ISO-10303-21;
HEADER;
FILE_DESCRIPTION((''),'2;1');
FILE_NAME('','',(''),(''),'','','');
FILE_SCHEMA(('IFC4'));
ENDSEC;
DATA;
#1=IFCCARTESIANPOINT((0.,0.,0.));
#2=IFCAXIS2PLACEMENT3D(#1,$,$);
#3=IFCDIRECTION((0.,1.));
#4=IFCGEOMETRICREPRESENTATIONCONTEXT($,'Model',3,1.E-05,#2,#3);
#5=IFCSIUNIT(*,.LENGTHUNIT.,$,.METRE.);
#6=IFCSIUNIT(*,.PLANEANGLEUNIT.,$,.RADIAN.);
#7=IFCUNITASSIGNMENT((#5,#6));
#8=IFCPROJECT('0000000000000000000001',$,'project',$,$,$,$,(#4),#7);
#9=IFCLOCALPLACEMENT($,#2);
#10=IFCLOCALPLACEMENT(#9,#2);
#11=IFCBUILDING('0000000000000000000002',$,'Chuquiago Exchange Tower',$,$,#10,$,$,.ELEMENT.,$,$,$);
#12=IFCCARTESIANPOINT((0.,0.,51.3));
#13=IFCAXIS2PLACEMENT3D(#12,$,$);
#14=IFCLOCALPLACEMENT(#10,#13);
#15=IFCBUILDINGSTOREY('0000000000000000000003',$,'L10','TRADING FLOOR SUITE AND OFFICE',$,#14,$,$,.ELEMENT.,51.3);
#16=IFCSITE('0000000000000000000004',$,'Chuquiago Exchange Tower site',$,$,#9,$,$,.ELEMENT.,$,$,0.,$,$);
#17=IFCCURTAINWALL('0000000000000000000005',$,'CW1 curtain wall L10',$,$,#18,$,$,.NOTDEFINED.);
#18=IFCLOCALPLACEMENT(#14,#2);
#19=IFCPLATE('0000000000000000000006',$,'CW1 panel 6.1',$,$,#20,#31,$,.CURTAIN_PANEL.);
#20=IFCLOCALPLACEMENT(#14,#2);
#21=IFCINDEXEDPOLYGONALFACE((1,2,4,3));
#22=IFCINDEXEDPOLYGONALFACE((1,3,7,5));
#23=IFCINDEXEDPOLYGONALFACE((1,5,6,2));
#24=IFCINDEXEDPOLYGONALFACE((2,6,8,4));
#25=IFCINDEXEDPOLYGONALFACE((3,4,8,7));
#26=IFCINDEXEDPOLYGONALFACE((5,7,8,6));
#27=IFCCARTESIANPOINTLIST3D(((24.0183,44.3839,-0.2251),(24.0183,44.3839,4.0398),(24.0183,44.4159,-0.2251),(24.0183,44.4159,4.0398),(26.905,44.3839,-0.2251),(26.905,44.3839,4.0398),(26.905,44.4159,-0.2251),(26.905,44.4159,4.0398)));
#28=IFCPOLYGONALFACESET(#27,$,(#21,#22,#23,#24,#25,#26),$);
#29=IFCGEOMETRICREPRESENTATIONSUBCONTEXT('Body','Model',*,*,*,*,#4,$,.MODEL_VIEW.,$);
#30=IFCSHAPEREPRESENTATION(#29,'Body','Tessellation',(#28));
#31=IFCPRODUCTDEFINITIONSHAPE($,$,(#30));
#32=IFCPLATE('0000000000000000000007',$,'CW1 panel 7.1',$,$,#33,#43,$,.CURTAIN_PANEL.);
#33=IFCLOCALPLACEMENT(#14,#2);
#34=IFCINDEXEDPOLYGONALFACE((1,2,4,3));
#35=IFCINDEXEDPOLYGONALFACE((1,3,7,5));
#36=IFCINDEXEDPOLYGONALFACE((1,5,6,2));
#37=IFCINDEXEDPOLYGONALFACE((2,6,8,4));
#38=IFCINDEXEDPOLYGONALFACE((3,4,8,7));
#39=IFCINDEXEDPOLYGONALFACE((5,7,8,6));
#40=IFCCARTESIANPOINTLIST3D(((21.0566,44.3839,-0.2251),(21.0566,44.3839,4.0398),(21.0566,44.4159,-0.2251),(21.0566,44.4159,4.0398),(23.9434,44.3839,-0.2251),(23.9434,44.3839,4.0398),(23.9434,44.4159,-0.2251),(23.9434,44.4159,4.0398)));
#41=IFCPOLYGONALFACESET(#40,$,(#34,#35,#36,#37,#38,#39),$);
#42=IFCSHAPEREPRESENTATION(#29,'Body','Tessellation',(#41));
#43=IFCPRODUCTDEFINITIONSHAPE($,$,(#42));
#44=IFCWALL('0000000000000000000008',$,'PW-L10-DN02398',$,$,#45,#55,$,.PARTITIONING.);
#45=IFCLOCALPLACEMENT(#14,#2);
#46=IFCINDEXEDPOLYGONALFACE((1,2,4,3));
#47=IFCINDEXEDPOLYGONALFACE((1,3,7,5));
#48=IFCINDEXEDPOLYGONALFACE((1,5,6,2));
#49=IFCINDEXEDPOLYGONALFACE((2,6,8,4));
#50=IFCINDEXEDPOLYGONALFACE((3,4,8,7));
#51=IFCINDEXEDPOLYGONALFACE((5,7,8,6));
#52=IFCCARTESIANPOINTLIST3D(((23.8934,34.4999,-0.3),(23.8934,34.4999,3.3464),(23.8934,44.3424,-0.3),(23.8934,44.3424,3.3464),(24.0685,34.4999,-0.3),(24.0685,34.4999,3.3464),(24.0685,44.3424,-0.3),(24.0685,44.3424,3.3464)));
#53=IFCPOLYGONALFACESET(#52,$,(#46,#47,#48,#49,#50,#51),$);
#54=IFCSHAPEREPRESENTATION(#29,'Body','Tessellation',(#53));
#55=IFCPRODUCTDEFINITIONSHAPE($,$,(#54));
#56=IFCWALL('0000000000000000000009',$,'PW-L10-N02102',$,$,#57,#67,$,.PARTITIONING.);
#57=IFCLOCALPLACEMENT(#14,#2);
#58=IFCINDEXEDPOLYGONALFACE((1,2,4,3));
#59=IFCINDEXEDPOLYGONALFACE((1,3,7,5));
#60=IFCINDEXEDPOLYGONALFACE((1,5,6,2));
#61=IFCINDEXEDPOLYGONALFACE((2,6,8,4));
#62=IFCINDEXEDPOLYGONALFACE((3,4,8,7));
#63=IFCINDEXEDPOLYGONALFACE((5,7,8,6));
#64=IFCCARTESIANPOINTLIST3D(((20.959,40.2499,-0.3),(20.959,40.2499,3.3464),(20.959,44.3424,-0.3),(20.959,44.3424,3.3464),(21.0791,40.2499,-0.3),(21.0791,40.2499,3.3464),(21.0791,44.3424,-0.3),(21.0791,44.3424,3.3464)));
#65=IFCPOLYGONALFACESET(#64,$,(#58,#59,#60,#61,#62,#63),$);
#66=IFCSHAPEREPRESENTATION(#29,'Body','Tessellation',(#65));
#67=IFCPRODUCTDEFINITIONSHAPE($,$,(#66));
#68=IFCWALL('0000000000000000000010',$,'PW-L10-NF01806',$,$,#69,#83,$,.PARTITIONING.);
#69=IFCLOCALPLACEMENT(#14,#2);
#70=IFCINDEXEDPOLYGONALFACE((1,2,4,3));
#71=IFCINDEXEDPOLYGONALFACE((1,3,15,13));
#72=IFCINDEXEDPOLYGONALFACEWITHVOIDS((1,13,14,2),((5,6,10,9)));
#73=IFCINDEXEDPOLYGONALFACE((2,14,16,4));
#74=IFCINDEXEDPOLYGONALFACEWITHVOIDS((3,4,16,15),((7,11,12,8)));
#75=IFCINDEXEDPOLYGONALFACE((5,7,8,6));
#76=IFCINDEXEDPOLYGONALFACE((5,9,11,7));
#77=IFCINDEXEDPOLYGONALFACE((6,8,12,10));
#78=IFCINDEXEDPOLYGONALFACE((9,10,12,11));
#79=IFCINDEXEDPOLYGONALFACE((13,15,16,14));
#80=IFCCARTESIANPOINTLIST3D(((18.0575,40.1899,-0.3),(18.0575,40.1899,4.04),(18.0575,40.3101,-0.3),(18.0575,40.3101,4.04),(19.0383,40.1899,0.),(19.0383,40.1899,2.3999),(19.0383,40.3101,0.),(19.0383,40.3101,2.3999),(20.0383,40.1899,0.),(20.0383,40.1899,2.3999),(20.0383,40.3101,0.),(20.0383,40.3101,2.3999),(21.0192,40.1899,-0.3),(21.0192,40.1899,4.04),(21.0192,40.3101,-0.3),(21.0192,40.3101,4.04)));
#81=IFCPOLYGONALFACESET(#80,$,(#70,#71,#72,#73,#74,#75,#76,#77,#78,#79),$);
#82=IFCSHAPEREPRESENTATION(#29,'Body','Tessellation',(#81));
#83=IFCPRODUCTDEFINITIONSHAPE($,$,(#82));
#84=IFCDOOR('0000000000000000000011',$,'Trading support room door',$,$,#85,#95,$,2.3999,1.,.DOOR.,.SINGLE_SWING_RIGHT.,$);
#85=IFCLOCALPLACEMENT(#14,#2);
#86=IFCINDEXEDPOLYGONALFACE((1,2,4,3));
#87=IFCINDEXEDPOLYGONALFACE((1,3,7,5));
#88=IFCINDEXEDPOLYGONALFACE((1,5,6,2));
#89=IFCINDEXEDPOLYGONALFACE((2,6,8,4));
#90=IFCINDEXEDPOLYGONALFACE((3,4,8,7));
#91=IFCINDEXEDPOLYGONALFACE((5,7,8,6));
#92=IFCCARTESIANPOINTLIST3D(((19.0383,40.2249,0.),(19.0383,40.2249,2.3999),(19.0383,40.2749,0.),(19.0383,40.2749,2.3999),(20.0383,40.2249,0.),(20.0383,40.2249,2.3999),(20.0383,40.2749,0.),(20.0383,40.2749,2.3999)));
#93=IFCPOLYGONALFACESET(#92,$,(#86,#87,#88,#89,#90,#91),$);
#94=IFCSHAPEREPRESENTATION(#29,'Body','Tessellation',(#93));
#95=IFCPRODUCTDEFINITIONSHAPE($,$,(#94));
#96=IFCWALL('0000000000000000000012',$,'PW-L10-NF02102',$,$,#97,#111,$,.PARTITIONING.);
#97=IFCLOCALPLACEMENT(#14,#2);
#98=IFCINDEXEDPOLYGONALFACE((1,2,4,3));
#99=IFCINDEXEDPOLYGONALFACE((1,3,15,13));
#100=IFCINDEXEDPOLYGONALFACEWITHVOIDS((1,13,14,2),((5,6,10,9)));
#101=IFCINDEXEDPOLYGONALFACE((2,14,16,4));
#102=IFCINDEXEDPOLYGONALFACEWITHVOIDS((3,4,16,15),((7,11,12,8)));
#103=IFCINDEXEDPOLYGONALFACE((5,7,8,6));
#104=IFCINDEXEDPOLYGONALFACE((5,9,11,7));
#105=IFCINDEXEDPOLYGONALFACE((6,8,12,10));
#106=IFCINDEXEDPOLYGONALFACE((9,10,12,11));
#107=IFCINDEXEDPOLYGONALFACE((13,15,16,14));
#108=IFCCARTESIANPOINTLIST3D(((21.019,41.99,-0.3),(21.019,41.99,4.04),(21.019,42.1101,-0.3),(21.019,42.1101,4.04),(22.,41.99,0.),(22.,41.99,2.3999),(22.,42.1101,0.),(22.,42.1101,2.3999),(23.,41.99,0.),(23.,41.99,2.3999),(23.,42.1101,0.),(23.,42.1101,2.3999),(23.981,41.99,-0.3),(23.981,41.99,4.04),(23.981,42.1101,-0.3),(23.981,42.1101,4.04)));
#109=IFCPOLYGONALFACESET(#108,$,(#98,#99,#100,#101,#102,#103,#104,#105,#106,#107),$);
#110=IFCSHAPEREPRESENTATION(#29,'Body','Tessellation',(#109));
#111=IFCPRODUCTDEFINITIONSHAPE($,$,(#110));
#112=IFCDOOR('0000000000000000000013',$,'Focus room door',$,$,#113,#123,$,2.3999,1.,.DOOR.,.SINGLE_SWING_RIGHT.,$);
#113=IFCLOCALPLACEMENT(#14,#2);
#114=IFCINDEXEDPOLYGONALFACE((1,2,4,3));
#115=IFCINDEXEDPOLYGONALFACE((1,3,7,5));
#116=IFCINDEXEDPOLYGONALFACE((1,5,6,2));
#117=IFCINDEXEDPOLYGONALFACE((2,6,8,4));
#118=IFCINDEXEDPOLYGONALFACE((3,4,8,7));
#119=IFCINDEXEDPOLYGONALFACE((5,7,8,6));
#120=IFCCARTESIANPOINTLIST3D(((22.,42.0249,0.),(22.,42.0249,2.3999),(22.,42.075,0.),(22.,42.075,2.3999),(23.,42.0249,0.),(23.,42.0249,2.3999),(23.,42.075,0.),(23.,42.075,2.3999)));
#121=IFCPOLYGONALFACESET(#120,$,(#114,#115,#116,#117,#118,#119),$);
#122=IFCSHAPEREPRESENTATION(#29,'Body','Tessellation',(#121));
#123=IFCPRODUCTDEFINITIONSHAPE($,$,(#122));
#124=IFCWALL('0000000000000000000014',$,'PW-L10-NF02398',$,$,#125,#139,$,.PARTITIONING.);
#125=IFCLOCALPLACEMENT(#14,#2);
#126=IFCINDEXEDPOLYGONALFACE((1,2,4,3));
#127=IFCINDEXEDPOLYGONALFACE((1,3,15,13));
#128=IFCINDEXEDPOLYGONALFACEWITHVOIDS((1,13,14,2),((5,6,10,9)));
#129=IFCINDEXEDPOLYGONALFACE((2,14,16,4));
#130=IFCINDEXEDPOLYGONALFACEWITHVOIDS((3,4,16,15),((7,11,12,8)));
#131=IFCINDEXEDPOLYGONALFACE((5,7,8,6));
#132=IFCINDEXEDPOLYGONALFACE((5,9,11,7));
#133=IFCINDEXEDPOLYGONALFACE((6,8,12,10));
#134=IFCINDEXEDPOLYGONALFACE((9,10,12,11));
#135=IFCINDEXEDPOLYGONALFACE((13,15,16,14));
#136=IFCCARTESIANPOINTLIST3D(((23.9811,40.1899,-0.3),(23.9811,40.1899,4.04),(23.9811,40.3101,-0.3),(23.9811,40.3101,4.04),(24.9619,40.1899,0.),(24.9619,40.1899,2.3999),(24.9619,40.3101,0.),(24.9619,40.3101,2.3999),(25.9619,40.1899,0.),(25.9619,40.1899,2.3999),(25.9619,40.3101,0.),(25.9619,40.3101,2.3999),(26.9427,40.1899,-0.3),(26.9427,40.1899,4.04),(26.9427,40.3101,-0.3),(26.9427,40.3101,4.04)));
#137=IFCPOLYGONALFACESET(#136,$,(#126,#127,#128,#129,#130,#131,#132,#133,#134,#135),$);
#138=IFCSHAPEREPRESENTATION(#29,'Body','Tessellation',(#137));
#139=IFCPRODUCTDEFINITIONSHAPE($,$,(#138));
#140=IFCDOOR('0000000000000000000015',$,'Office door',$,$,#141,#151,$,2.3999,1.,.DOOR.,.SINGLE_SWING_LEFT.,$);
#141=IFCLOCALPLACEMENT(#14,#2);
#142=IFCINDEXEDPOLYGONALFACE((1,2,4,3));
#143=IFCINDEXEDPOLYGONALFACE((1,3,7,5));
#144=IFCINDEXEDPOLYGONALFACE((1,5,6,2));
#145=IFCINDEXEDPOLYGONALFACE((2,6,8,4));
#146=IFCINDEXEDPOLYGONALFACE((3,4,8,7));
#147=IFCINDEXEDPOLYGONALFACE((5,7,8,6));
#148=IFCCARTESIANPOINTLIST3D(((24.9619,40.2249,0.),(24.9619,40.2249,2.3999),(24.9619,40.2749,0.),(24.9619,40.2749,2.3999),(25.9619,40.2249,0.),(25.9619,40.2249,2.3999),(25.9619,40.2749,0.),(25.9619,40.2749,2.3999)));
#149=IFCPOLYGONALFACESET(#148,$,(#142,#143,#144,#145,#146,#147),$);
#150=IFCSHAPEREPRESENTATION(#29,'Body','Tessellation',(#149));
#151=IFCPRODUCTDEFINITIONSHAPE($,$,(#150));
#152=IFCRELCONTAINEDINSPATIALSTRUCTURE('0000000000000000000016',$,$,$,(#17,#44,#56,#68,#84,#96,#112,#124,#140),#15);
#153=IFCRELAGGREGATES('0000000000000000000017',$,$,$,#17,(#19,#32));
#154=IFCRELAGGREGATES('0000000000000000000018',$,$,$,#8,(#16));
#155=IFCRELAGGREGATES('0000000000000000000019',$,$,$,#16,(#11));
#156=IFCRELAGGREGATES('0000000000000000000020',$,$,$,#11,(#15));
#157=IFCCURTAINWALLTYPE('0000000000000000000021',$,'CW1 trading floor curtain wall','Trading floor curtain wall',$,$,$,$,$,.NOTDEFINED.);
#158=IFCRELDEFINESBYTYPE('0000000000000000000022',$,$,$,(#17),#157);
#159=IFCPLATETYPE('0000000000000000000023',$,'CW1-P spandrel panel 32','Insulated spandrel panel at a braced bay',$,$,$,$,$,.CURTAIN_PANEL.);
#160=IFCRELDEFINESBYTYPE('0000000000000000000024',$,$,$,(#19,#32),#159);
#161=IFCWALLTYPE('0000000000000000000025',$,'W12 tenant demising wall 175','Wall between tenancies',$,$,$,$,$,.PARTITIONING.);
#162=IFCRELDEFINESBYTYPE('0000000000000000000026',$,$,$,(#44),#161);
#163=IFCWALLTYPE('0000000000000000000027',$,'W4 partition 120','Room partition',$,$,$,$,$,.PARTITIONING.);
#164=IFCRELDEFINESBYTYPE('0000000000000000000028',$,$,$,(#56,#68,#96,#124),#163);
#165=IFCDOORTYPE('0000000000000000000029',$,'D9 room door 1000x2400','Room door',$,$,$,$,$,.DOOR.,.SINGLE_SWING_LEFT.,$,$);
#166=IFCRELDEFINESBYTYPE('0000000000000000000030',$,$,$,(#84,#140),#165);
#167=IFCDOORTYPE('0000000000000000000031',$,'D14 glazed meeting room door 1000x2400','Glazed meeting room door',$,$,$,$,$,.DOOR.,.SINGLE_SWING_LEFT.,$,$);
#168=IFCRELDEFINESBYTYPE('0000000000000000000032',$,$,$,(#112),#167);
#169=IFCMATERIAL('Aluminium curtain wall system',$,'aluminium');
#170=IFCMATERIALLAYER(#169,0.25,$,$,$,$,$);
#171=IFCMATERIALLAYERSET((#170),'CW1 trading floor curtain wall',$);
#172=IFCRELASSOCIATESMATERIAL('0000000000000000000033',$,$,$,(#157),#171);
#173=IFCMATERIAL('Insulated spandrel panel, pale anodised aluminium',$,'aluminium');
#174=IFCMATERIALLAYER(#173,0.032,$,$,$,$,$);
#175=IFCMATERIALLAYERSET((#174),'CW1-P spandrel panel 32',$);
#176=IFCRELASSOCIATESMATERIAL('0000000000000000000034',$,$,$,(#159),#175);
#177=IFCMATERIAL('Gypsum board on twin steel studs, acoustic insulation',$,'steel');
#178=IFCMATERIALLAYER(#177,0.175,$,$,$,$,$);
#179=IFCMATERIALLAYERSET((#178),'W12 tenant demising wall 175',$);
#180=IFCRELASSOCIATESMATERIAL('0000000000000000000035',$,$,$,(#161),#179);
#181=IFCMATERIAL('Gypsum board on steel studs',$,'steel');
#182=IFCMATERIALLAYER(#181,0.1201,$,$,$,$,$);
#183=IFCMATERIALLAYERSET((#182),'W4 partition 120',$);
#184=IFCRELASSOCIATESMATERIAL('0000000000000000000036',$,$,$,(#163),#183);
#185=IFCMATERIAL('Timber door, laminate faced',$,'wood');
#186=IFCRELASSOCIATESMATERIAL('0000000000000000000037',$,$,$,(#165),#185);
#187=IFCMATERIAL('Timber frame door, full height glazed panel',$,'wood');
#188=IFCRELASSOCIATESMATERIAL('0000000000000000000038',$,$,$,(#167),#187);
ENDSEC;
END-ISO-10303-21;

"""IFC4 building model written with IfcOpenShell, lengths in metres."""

from ifc_helpers import new_model, si_unit, direction, frame, frame_2d, origin, origin_2d, place, context, subcontext, project, spatial, rectangle, extrude, material, layer, layer_set, type_object, element, fill, aggregate, save


model = new_model("IFC4")

# Units and contexts
model_context = context("Model", 3, precision=1e-05, world=origin(), true_north=direction((0.0, 1.0)))
body_context = subcontext(model_context, "Body", "Model", "MODEL_VIEW")
ifc_project = project(units=[si_unit("LENGTHUNIT", "METRE"), si_unit("PLANEANGLEUNIT", "RADIAN")], contexts=[model_context])

# Site, building, storey
site_placement = place(None, origin())
site = spatial("IfcSite", under=ifc_project, at=site_placement, Name="Chuquiago Exchange Tower site", CompositionType="ELEMENT", RefElevation=0.0)
building_placement = place(site_placement, origin())
building = spatial("IfcBuilding", under=site, at=building_placement, Name="Chuquiago Exchange Tower", CompositionType="ELEMENT")
storey_placement = place(building_placement, frame((0.0, 0.0, 51.3)))
storey = spatial("IfcBuildingStorey", under=building, at=storey_placement, Name="L10", Description="TRADING FLOOR SUITE AND OFFICE", CompositionType="ELEMENT", Elevation=51.3)

# Curtain wall
ifc_material_1 = material(Name="Aluminium curtain wall system", Category="aluminium")
ifc_layer_1 = layer(ifc_material_1, 0.25)
ifc_layer_set_1 = layer_set([ifc_layer_1], Name="CW1 trading floor curtain wall")
curtain_wall_type = type_object("IfcCurtainWallType", Name="CW1 trading floor curtain wall", Description="Trading floor curtain wall", PredefinedType="NOTDEFINED", material=ifc_layer_set_1)
curtain_wall_placement = place(storey_placement, origin())
curtain_wall = element("IfcCurtainWall", 1, at=curtain_wall_placement, inside=storey, type_object=curtain_wall_type, Name="CW1 curtain wall L10", PredefinedType="NOTDEFINED")

# Plates
ifc_material_2 = material(Name="Insulated spandrel panel, pale anodised aluminium", Category="aluminium")
ifc_layer_2 = layer(ifc_material_2, 0.032)
ifc_layer_set_2 = layer_set([ifc_layer_2], Name="CW1-P spandrel panel 32")
plate_type_1 = type_object("IfcPlateType", Name="CW1-P spandrel panel 32", Description="Insulated spandrel panel at a braced bay", PredefinedType="CURTAIN_PANEL", material=ifc_layer_set_2)
plate_1_placement = place(storey_placement, frame((25.4617, 44.3999, -0.2251), z_axis=(0.0, 0.0, 1.0), x_axis=(-1.0, 0.0, 0.0)))
plate_1 = element("IfcPlate", 2, at=plate_1_placement, type_object=plate_type_1, Name="CW1 panel 6.1", PredefinedType="CURTAIN_PANEL", context=body_context, shape_type="SweptSolid", body=[
    extrude(rectangle(XDim=2.8867, YDim=0.032, at=origin_2d()), origin(), (0.0, 0.0, 1.0), 4.2649),
])
plate_2_placement = place(storey_placement, frame((22.5, 44.3999, -0.2251), z_axis=(0.0, 0.0, 1.0), x_axis=(-1.0, 0.0, 0.0)))
plate_2 = element("IfcPlate", 3, at=plate_2_placement, type_object=plate_type_1, Name="CW1 panel 7.1", PredefinedType="CURTAIN_PANEL", context=body_context, shape_type="SweptSolid", body=[
    extrude(rectangle(XDim=2.8867, YDim=0.032, at=origin_2d()), origin(), (0.0, 0.0, 1.0), 4.2649),
])
aggregate(curtain_wall, [plate_1, plate_2])

# Walls
ifc_material_3 = material(Name="Gypsum board on twin steel studs, acoustic insulation", Category="steel")
ifc_layer_3 = layer(ifc_material_3, 0.175)
ifc_layer_set_3 = layer_set([ifc_layer_3], Name="W12 tenant demising wall 175")
wall_type_1 = type_object("IfcWallType", Name="W12 tenant demising wall 175", Description="Wall between tenancies", PredefinedType="PARTITIONING", material=ifc_layer_set_3)
wall_1_placement = place(storey_placement, frame((23.981, 44.3425, -0.3), z_axis=(0.0, 0.0, 1.0), x_axis=(0.0, -1.0, 0.0)))
element("IfcWall", 4, at=wall_1_placement, inside=storey, type_object=wall_type_1, Name="PW-L10-DN02398", PredefinedType="PARTITIONING", context=body_context, shape_type="SweptSolid", body=[
    extrude(rectangle(XDim=9.8425, YDim=0.175, at=frame_2d((4.9214, 0.0))), origin(), (0.0, 0.0, 1.0), 3.6465),
])
ifc_material_4 = material(Name="Gypsum board on steel studs", Category="steel")
ifc_layer_4 = layer(ifc_material_4, 0.1201)
ifc_layer_set_4 = layer_set([ifc_layer_4], Name="W4 partition 120")
wall_type_2 = type_object("IfcWallType", Name="W4 partition 120", Description="Room partition", PredefinedType="PARTITIONING", material=ifc_layer_set_4)
wall_2_placement = place(storey_placement, frame((21.019, 44.3425, -0.3), z_axis=(0.0, 0.0, 1.0), x_axis=(0.0, -1.0, 0.0)))
element("IfcWall", 5, at=wall_2_placement, inside=storey, type_object=wall_type_2, Name="PW-L10-N02102", PredefinedType="PARTITIONING", context=body_context, shape_type="SweptSolid", body=[
    extrude(rectangle(XDim=4.0925, YDim=0.1201, at=frame_2d((2.0464, 0.0))), origin(), (0.0, 0.0, 1.0), 3.6465),
])

# Walls, openings, doors
wall_3_placement = place(storey_placement, frame((18.0574, 40.25, -0.3), z_axis=(0.0, 0.0, 1.0), x_axis=(1.0, 0.0, 0.0)))
wall_3 = element("IfcWall", 6, at=wall_3_placement, inside=storey, type_object=wall_type_2, Name="PW-L10-NF01806", PredefinedType="PARTITIONING", context=body_context, shape_type="SweptSolid", body=[
    extrude(rectangle(XDim=2.9617, YDim=0.1201, at=frame_2d((1.481, 0.0))), origin(), (0.0, 0.0, 1.0), 4.3401),
])
opening_1_placement = place(wall_3_placement, frame((0.981, 0.0, 0.3)))
opening_1 = element("IfcOpeningElement", 7, at=opening_1_placement, cuts=wall_3, PredefinedType="OPENING", context=body_context, shape_type="SweptSolid", body=[
    extrude(rectangle(XDim=1.0, YDim=2.3999, at=frame_2d((0.5, 1.2))), frame((0.0, 0.0701, 0.0), z_axis=(0.0, -1.0, 0.0), x_axis=(1.0, 0.0, 0.0)), (0.0, 0.0, 1.0), 0.1401),
])
ifc_material_5 = material(Name="Timber door, laminate faced", Category="wood")
door_type_1 = type_object("IfcDoorType", Name="D9 room door 1000x2400", Description="Room door", OperationType="SINGLE_SWING_LEFT", PredefinedType="DOOR", material=ifc_material_5)
door_1_placement = place(opening_1_placement, origin())
door_1 = element("IfcDoor", 8, at=door_1_placement, inside=storey, type_object=door_type_1, Name="Trading support room door", OperationType="SINGLE_SWING_RIGHT", OverallHeight=2.3999, OverallWidth=1.0, PredefinedType="DOOR", context=body_context, shape_type="SweptSolid", body=[
    extrude(rectangle(XDim=1.0, YDim=2.3999, at=frame_2d((0.5, 1.2))), frame((0.0, 0.0249, 0.0), z_axis=(0.0, -1.0, 0.0), x_axis=(1.0, 0.0, 0.0)), (0.0, 0.0, 1.0), 0.05),
])
fill(opening_1, door_1)
wall_4_placement = place(storey_placement, frame((21.019, 42.05, -0.3), z_axis=(0.0, 0.0, 1.0), x_axis=(1.0, 0.0, 0.0)))
wall_4 = element("IfcWall", 9, at=wall_4_placement, inside=storey, type_object=wall_type_2, Name="PW-L10-NF02102", PredefinedType="PARTITIONING", context=body_context, shape_type="SweptSolid", body=[
    extrude(rectangle(XDim=2.9619, YDim=0.1201, at=frame_2d((1.481, 0.0))), origin(), (0.0, 0.0, 1.0), 4.3401),
])
opening_2_placement = place(wall_4_placement, frame((0.981, 0.0, 0.3)))
opening_2 = element("IfcOpeningElement", 10, at=opening_2_placement, cuts=wall_4, PredefinedType="OPENING", context=body_context, shape_type="SweptSolid", body=[
    extrude(rectangle(XDim=1.0, YDim=2.3999, at=frame_2d((0.5, 1.2))), frame((0.0, 0.0701, 0.0), z_axis=(0.0, -1.0, 0.0), x_axis=(1.0, 0.0, 0.0)), (0.0, 0.0, 1.0), 0.1401),
])
ifc_material_6 = material(Name="Timber frame door, full height glazed panel", Category="wood")
door_type_2 = type_object("IfcDoorType", Name="D14 glazed meeting room door 1000x2400", Description="Glazed meeting room door", OperationType="SINGLE_SWING_LEFT", PredefinedType="DOOR", material=ifc_material_6)
door_2_placement = place(opening_2_placement, origin())
door_2 = element("IfcDoor", 11, at=door_2_placement, inside=storey, type_object=door_type_2, Name="Focus room door", OperationType="SINGLE_SWING_RIGHT", OverallHeight=2.3999, OverallWidth=1.0, PredefinedType="DOOR", context=body_context, shape_type="SweptSolid", body=[
    extrude(rectangle(XDim=1.0, YDim=2.3999, at=frame_2d((0.5, 1.2))), frame((0.0, 0.0249, 0.0), z_axis=(0.0, -1.0, 0.0), x_axis=(1.0, 0.0, 0.0)), (0.0, 0.0, 1.0), 0.05),
])
fill(opening_2, door_2)
wall_5_placement = place(storey_placement, frame((23.981, 40.25, -0.3), z_axis=(0.0, 0.0, 1.0), x_axis=(1.0, 0.0, 0.0)))
wall_5 = element("IfcWall", 12, at=wall_5_placement, inside=storey, type_object=wall_type_2, Name="PW-L10-NF02398", PredefinedType="PARTITIONING", context=body_context, shape_type="SweptSolid", body=[
    extrude(rectangle(XDim=2.9617, YDim=0.1201, at=frame_2d((1.481, 0.0))), origin(), (0.0, 0.0, 1.0), 4.3401),
])
opening_3_placement = place(wall_5_placement, frame((0.981, 0.0, 0.3)))
opening_3 = element("IfcOpeningElement", 13, at=opening_3_placement, cuts=wall_5, PredefinedType="OPENING", context=body_context, shape_type="SweptSolid", body=[
    extrude(rectangle(XDim=1.0, YDim=2.3999, at=frame_2d((0.5, 1.2))), frame((0.0, 0.0701, 0.0), z_axis=(0.0, -1.0, 0.0), x_axis=(1.0, 0.0, 0.0)), (0.0, 0.0, 1.0), 0.1401),
])
door_3_placement = place(opening_3_placement, origin())
door_3 = element("IfcDoor", 14, at=door_3_placement, inside=storey, type_object=door_type_1, Name="Office door", OperationType="SINGLE_SWING_LEFT", OverallHeight=2.3999, OverallWidth=1.0, PredefinedType="DOOR", context=body_context, shape_type="SweptSolid", body=[
    extrude(rectangle(XDim=1.0, YDim=2.3999, at=frame_2d((0.5, 1.2))), frame((0.0, 0.0249, 0.0), z_axis=(0.0, -1.0, 0.0), x_axis=(1.0, 0.0, 0.0)), (0.0, 0.0, 1.0), 0.05),
])
fill(opening_3, door_3)

save(model, "model.ifc")
